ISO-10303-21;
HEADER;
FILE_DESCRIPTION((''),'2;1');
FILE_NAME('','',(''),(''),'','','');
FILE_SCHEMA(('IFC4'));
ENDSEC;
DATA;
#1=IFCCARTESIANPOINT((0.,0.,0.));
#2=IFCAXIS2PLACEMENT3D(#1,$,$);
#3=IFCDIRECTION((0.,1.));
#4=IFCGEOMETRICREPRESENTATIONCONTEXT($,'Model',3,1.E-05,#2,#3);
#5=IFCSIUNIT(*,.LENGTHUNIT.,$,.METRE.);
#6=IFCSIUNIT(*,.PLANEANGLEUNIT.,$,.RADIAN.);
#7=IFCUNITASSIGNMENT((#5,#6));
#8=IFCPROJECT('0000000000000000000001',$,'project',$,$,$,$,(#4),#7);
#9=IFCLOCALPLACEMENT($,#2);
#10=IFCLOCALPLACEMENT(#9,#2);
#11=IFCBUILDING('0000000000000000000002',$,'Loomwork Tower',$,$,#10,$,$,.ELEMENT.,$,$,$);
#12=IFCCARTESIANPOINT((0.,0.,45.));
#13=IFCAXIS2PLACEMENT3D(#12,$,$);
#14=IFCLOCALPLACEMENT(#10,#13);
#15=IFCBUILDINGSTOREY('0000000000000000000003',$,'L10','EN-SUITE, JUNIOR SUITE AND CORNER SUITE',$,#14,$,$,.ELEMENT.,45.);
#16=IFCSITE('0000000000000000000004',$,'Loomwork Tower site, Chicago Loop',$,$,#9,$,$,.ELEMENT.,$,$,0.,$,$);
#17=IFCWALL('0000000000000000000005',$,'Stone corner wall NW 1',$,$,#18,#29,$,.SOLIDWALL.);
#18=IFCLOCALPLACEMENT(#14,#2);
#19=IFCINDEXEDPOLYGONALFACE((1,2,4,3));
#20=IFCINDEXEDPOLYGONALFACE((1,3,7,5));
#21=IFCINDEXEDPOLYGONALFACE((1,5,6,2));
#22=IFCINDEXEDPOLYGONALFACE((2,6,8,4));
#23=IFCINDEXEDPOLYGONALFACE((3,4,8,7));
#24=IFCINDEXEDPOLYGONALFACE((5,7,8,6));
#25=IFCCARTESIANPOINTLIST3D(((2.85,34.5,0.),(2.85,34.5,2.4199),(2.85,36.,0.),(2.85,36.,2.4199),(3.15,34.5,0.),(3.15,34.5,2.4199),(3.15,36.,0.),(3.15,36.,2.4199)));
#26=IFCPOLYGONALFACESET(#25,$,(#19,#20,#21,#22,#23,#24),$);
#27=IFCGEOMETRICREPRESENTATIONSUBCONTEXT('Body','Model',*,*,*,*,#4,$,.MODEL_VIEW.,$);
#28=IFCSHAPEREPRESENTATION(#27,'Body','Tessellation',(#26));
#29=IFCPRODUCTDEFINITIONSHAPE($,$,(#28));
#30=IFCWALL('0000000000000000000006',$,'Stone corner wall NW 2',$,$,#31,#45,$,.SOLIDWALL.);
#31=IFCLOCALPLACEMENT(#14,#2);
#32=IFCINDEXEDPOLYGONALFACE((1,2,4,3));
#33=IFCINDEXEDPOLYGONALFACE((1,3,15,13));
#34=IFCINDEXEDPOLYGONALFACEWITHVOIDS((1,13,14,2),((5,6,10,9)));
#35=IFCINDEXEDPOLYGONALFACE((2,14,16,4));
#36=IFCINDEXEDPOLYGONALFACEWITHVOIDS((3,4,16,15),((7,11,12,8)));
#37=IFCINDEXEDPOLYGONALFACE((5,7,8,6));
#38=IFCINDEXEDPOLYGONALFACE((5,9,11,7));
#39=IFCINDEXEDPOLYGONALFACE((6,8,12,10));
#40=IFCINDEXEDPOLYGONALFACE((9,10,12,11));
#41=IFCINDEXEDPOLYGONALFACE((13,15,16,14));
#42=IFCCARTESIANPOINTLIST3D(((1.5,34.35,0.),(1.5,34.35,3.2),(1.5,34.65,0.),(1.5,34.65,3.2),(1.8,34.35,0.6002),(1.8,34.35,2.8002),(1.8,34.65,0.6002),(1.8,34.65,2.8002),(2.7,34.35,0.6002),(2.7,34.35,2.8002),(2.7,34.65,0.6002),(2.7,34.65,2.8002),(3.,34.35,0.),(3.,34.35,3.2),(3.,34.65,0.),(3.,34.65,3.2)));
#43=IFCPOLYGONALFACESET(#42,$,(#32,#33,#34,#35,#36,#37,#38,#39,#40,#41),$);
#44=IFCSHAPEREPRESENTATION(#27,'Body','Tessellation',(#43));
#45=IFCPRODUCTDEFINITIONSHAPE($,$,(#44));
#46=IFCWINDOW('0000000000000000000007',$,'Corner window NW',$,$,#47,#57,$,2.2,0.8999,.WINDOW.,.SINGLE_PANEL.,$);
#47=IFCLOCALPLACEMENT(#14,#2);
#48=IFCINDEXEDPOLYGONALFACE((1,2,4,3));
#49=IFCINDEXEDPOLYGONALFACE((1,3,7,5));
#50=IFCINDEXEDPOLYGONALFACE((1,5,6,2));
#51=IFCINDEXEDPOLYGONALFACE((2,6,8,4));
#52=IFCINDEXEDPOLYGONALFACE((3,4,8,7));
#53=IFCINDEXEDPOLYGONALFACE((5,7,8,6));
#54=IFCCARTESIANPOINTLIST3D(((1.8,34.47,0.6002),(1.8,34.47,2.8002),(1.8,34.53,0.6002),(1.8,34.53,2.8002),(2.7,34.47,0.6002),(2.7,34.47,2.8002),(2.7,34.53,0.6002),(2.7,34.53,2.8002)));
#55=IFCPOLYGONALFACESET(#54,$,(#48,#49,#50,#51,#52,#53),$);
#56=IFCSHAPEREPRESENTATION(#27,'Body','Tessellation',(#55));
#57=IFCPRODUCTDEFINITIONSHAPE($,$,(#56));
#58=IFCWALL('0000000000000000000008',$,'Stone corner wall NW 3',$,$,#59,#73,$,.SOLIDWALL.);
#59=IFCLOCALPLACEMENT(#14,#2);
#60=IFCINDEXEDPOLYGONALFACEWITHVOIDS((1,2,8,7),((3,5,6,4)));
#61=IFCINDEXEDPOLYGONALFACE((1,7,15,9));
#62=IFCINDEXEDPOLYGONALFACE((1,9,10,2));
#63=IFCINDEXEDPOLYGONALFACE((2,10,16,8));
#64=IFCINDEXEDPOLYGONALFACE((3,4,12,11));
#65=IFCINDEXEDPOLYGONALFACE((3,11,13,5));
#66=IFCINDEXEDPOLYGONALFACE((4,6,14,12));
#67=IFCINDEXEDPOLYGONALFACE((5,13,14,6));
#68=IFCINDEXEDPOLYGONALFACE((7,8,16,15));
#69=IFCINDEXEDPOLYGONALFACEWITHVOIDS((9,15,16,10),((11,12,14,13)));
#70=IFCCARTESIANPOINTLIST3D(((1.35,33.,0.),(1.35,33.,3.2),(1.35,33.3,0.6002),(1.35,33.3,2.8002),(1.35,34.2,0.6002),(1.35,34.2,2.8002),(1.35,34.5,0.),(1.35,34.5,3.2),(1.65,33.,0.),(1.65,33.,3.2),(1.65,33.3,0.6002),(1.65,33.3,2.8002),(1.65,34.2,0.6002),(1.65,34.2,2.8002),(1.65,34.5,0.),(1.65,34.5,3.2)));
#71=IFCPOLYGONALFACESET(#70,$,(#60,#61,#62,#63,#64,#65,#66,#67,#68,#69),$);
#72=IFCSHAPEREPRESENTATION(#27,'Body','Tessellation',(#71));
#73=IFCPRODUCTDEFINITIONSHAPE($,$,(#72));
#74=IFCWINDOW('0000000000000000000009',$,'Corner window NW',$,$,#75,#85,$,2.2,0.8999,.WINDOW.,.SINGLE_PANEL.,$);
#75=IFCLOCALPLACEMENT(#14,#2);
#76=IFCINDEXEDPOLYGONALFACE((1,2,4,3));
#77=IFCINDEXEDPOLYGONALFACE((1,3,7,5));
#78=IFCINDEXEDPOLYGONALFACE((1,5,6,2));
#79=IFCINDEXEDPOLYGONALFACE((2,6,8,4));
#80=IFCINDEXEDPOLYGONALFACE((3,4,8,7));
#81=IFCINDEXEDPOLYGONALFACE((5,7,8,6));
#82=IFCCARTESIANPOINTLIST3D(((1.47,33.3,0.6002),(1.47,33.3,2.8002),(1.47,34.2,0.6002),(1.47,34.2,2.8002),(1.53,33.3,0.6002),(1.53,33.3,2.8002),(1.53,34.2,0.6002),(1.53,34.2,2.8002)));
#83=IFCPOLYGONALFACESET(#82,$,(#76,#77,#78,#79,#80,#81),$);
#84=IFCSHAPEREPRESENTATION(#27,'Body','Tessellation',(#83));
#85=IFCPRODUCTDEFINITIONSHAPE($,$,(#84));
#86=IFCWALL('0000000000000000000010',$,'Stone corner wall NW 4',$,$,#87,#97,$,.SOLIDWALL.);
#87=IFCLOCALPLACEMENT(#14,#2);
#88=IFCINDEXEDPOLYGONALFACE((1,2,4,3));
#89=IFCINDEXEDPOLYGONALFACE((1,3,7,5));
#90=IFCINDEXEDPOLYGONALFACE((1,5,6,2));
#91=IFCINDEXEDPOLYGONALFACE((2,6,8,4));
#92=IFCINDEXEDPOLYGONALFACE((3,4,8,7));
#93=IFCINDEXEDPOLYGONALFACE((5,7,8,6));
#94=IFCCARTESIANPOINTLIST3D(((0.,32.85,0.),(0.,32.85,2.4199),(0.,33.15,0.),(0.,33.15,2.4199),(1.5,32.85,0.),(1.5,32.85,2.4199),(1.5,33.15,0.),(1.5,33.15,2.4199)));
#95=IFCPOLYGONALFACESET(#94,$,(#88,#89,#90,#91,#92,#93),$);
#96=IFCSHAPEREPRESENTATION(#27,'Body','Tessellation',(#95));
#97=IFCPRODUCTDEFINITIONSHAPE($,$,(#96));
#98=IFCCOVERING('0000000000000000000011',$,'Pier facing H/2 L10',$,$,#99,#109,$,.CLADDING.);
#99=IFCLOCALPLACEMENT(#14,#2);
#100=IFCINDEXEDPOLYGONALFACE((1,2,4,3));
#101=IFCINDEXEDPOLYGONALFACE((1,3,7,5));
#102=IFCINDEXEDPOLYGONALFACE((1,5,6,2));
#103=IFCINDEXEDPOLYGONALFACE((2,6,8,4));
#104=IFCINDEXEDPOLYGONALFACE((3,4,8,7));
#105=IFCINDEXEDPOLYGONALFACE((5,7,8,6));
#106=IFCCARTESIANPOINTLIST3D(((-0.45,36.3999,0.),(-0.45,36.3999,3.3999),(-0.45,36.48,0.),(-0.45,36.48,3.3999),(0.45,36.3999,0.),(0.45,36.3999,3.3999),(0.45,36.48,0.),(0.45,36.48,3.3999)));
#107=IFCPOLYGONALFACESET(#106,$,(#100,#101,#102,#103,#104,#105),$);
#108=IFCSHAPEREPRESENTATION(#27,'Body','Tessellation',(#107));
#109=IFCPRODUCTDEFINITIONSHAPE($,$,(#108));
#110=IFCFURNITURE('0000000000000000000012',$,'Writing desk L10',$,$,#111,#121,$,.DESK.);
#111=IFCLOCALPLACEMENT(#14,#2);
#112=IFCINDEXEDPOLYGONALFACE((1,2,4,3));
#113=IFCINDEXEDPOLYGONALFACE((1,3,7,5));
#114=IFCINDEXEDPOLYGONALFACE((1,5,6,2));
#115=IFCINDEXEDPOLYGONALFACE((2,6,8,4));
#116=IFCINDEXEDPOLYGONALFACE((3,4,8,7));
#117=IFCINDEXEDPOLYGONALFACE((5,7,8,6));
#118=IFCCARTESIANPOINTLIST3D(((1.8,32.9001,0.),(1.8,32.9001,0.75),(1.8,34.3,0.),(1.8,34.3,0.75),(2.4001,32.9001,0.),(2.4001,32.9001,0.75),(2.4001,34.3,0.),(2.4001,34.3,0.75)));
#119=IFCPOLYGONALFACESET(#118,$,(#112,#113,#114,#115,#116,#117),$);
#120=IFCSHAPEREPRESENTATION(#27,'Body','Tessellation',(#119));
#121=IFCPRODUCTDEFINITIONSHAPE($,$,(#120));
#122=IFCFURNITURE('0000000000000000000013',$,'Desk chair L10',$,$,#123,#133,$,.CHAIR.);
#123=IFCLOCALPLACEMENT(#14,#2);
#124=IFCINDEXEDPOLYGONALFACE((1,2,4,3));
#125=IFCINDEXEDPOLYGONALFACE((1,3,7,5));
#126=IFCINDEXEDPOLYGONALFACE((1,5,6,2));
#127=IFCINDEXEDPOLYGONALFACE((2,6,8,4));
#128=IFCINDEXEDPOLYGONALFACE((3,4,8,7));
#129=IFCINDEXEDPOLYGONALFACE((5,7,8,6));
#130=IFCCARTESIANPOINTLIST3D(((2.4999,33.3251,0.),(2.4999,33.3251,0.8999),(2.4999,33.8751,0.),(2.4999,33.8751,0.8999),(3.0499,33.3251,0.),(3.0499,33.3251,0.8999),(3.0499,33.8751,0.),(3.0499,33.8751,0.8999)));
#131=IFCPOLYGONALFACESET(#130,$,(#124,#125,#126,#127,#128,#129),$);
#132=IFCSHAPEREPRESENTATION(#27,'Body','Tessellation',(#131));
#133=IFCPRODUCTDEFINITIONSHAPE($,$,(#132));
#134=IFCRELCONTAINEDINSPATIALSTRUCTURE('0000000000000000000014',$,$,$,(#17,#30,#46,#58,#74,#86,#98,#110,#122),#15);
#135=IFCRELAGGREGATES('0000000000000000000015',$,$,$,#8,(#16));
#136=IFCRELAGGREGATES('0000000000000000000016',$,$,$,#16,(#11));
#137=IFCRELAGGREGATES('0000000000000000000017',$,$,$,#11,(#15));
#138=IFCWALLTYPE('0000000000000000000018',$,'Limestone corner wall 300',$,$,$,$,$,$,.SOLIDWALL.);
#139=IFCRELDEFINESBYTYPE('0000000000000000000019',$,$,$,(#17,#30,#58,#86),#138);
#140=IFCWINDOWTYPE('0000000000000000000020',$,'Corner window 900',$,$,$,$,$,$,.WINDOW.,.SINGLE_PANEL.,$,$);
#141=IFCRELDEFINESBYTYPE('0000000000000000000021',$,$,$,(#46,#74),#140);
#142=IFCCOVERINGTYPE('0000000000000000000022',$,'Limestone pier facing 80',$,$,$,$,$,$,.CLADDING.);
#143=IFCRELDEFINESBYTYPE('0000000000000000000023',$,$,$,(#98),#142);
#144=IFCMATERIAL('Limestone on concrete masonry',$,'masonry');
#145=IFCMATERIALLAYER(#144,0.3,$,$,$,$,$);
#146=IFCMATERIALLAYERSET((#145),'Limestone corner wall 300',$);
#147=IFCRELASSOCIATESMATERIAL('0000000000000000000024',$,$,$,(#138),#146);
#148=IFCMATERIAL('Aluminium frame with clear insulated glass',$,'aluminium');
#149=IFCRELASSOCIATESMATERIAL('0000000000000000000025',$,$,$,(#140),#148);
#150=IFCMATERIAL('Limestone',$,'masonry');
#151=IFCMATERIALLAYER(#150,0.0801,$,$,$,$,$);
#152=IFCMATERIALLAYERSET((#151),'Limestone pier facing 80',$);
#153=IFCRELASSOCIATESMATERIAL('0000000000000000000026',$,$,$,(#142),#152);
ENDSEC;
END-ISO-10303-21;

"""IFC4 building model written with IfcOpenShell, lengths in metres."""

from ifc_helpers import new_model, si_unit, direction, frame, frame_2d, origin, origin_2d, place, context, subcontext, project, spatial, rectangle, extrude, material, layer, layer_set, type_object, element, fill, save


model = new_model("IFC4")

# Units and contexts
model_context = context("Model", 3, precision=1e-05, world=origin(), true_north=direction((0.0, 1.0)))
body_context = subcontext(model_context, "Body", "Model", "MODEL_VIEW")
ifc_project = project(units=[si_unit("LENGTHUNIT", "METRE"), si_unit("PLANEANGLEUNIT", "RADIAN")], contexts=[model_context])

# Site, building, storey
site_placement = place(None, origin())
site = spatial("IfcSite", under=ifc_project, at=site_placement, Name="Loomwork Tower site, Chicago Loop", CompositionType="ELEMENT", RefElevation=0.0)
building_placement = place(site_placement, origin())
building = spatial("IfcBuilding", under=site, at=building_placement, Name="Loomwork Tower", CompositionType="ELEMENT")
storey_placement = place(building_placement, frame((0.0, 0.0, 45.0)))
storey = spatial("IfcBuildingStorey", under=building, at=storey_placement, Name="L10", Description="EN-SUITE, JUNIOR SUITE AND CORNER SUITE", CompositionType="ELEMENT", Elevation=45.0)

# Wall
ifc_material_1 = material(Name="Limestone on concrete masonry", Category="masonry")
ifc_layer_1 = layer(ifc_material_1, 0.3)
ifc_layer_set_1 = layer_set([ifc_layer_1], Name="Limestone corner wall 300")
wall_type_1 = type_object("IfcWallType", Name="Limestone corner wall 300", PredefinedType="SOLIDWALL", material=ifc_layer_set_1)
wall_1_placement = place(storey_placement, frame((3.0, 36.0, 0.0), z_axis=(0.0, 0.0, 1.0), x_axis=(0.0, -1.0, 0.0)))
element("IfcWall", 1, at=wall_1_placement, inside=storey, type_object=wall_type_1, Name="Stone corner wall NW 1", PredefinedType="SOLIDWALL", context=body_context, shape_type="SweptSolid", body=[
    extrude(rectangle(XDim=1.5, YDim=0.3, at=frame_2d((0.75, 0.0))), origin(), (0.0, 0.0, 1.0), 2.4199),
])

# Walls, openings, windows
wall_2_placement = place(storey_placement, frame((3.0, 34.5, 0.0), z_axis=(0.0, 0.0, 1.0), x_axis=(-1.0, 0.0, 0.0)))
wall_2 = element("IfcWall", 2, at=wall_2_placement, inside=storey, type_object=wall_type_1, Name="Stone corner wall NW 2", PredefinedType="SOLIDWALL", context=body_context, shape_type="SweptSolid", body=[
    extrude(rectangle(XDim=1.5, YDim=0.3, at=frame_2d((0.75, 0.0))), origin(), (0.0, 0.0, 1.0), 3.2),
])
opening_1_placement = place(wall_2_placement, frame((0.3, 0.0, 0.6001)))
opening_1 = element("IfcOpeningElement", 3, at=opening_1_placement, cuts=wall_2, PredefinedType="OPENING", context=body_context, shape_type="SweptSolid", body=[
    extrude(rectangle(XDim=0.8999, YDim=2.2, at=frame_2d((0.45, 1.1001))), frame((0.0, 0.1599, 0.0), z_axis=(0.0, -1.0, 0.0), x_axis=(1.0, 0.0, 0.0)), (0.0, 0.0, 1.0), 0.3201),
])
ifc_material_2 = material(Name="Aluminium frame with clear insulated glass", Category="aluminium")
window_type_1 = type_object("IfcWindowType", Name="Corner window 900", PartitioningType="SINGLE_PANEL", PredefinedType="WINDOW", material=ifc_material_2)
window_1_placement = place(opening_1_placement, origin())
window_1 = element("IfcWindow", 4, at=window_1_placement, inside=storey, type_object=window_type_1, Name="Corner window NW", OverallHeight=2.2, OverallWidth=0.8999, PartitioningType="SINGLE_PANEL", PredefinedType="WINDOW", context=body_context, shape_type="SweptSolid", body=[
    extrude(rectangle(XDim=0.8999, YDim=2.2, at=frame_2d((0.45, 1.1001))), frame((0.0, 0.03, 0.0), z_axis=(0.0, -1.0, 0.0), x_axis=(1.0, 0.0, 0.0)), (0.0, 0.0, 1.0), 0.0601),
])
fill(opening_1, window_1)
wall_3_placement = place(storey_placement, frame((1.5, 34.5, 0.0), z_axis=(0.0, 0.0, 1.0), x_axis=(0.0, -1.0, 0.0)))
wall_3 = element("IfcWall", 5, at=wall_3_placement, inside=storey, type_object=wall_type_1, Name="Stone corner wall NW 3", PredefinedType="SOLIDWALL", context=body_context, shape_type="SweptSolid", body=[
    extrude(rectangle(XDim=1.5, YDim=0.3, at=frame_2d((0.75, 0.0))), origin(), (0.0, 0.0, 1.0), 3.2),
])
opening_2_placement = place(wall_3_placement, frame((0.3, 0.0, 0.6001)))
opening_2 = element("IfcOpeningElement", 6, at=opening_2_placement, cuts=wall_3, PredefinedType="OPENING", context=body_context, shape_type="SweptSolid", body=[
    extrude(rectangle(XDim=0.8999, YDim=2.2, at=frame_2d((0.45, 1.1001))), frame((0.0, 0.1599, 0.0), z_axis=(0.0, -1.0, 0.0), x_axis=(1.0, 0.0, 0.0)), (0.0, 0.0, 1.0), 0.3201),
])
window_2_placement = place(opening_2_placement, origin())
window_2 = element("IfcWindow", 7, at=window_2_placement, inside=storey, type_object=window_type_1, Name="Corner window NW", OverallHeight=2.2, OverallWidth=0.8999, PartitioningType="SINGLE_PANEL", PredefinedType="WINDOW", context=body_context, shape_type="SweptSolid", body=[
    extrude(rectangle(XDim=0.8999, YDim=2.2, at=frame_2d((0.45, 1.1001))), frame((0.0, 0.03, 0.0), z_axis=(0.0, -1.0, 0.0), x_axis=(1.0, 0.0, 0.0)), (0.0, 0.0, 1.0), 0.0601),
])
fill(opening_2, window_2)

# Wall
wall_4_placement = place(storey_placement, frame((1.5, 33.0, 0.0), z_axis=(0.0, 0.0, 1.0), x_axis=(-1.0, 0.0, 0.0)))
element("IfcWall", 8, at=wall_4_placement, inside=storey, type_object=wall_type_1, Name="Stone corner wall NW 4", PredefinedType="SOLIDWALL", context=body_context, shape_type="SweptSolid", body=[
    extrude(rectangle(XDim=1.5, YDim=0.3, at=frame_2d((0.75, 0.0))), origin(), (0.0, 0.0, 1.0), 2.4199),
])

# Covering
ifc_material_3 = material(Name="Limestone", Category="masonry")
ifc_layer_2 = layer(ifc_material_3, 0.0801)
ifc_layer_set_2 = layer_set([ifc_layer_2], Name="Limestone pier facing 80")
covering_type = type_object("IfcCoveringType", Name="Limestone pier facing 80", PredefinedType="CLADDING", material=ifc_layer_set_2)
covering_placement = place(storey_placement, frame((0.0, 36.4399, 0.0), z_axis=(0.0, 0.0, 1.0), x_axis=(1.0, 0.0, 0.0)))
element("IfcCovering", 9, at=covering_placement, inside=storey, type_object=covering_type, Name="Pier facing H/2 L10", PredefinedType="CLADDING", context=body_context, shape_type="SweptSolid", body=[
    extrude(rectangle(XDim=0.8999, YDim=0.0801, at=origin_2d()), origin(), (0.0, 0.0, 1.0), 3.3999),
])

# Furniture
furniture_1_placement = place(storey_placement, frame((2.1001, 33.6001, 0.0), z_axis=(0.0, 0.0, 1.0), x_axis=(1.0, 0.0, 0.0)))
element("IfcFurniture", 10, at=furniture_1_placement, inside=storey, Name="Writing desk L10", PredefinedType="DESK", context=body_context, shape_type="SweptSolid", body=[
    extrude(rectangle(XDim=0.6001, YDim=1.3999, at=origin_2d()), origin(), (0.0, 0.0, 1.0), 0.75),
])
furniture_2_placement = place(storey_placement, frame((2.7749, 33.6001, 0.0), z_axis=(0.0, 0.0, 1.0), x_axis=(1.0, 0.0, 0.0)))
element("IfcFurniture", 11, at=furniture_2_placement, inside=storey, Name="Desk chair L10", PredefinedType="CHAIR", context=body_context, shape_type="SweptSolid", body=[
    extrude(rectangle(XDim=0.55, YDim=0.55, at=origin_2d()), origin(), (0.0, 0.0, 1.0), 0.8999),
])

save(model, "model.ifc")
